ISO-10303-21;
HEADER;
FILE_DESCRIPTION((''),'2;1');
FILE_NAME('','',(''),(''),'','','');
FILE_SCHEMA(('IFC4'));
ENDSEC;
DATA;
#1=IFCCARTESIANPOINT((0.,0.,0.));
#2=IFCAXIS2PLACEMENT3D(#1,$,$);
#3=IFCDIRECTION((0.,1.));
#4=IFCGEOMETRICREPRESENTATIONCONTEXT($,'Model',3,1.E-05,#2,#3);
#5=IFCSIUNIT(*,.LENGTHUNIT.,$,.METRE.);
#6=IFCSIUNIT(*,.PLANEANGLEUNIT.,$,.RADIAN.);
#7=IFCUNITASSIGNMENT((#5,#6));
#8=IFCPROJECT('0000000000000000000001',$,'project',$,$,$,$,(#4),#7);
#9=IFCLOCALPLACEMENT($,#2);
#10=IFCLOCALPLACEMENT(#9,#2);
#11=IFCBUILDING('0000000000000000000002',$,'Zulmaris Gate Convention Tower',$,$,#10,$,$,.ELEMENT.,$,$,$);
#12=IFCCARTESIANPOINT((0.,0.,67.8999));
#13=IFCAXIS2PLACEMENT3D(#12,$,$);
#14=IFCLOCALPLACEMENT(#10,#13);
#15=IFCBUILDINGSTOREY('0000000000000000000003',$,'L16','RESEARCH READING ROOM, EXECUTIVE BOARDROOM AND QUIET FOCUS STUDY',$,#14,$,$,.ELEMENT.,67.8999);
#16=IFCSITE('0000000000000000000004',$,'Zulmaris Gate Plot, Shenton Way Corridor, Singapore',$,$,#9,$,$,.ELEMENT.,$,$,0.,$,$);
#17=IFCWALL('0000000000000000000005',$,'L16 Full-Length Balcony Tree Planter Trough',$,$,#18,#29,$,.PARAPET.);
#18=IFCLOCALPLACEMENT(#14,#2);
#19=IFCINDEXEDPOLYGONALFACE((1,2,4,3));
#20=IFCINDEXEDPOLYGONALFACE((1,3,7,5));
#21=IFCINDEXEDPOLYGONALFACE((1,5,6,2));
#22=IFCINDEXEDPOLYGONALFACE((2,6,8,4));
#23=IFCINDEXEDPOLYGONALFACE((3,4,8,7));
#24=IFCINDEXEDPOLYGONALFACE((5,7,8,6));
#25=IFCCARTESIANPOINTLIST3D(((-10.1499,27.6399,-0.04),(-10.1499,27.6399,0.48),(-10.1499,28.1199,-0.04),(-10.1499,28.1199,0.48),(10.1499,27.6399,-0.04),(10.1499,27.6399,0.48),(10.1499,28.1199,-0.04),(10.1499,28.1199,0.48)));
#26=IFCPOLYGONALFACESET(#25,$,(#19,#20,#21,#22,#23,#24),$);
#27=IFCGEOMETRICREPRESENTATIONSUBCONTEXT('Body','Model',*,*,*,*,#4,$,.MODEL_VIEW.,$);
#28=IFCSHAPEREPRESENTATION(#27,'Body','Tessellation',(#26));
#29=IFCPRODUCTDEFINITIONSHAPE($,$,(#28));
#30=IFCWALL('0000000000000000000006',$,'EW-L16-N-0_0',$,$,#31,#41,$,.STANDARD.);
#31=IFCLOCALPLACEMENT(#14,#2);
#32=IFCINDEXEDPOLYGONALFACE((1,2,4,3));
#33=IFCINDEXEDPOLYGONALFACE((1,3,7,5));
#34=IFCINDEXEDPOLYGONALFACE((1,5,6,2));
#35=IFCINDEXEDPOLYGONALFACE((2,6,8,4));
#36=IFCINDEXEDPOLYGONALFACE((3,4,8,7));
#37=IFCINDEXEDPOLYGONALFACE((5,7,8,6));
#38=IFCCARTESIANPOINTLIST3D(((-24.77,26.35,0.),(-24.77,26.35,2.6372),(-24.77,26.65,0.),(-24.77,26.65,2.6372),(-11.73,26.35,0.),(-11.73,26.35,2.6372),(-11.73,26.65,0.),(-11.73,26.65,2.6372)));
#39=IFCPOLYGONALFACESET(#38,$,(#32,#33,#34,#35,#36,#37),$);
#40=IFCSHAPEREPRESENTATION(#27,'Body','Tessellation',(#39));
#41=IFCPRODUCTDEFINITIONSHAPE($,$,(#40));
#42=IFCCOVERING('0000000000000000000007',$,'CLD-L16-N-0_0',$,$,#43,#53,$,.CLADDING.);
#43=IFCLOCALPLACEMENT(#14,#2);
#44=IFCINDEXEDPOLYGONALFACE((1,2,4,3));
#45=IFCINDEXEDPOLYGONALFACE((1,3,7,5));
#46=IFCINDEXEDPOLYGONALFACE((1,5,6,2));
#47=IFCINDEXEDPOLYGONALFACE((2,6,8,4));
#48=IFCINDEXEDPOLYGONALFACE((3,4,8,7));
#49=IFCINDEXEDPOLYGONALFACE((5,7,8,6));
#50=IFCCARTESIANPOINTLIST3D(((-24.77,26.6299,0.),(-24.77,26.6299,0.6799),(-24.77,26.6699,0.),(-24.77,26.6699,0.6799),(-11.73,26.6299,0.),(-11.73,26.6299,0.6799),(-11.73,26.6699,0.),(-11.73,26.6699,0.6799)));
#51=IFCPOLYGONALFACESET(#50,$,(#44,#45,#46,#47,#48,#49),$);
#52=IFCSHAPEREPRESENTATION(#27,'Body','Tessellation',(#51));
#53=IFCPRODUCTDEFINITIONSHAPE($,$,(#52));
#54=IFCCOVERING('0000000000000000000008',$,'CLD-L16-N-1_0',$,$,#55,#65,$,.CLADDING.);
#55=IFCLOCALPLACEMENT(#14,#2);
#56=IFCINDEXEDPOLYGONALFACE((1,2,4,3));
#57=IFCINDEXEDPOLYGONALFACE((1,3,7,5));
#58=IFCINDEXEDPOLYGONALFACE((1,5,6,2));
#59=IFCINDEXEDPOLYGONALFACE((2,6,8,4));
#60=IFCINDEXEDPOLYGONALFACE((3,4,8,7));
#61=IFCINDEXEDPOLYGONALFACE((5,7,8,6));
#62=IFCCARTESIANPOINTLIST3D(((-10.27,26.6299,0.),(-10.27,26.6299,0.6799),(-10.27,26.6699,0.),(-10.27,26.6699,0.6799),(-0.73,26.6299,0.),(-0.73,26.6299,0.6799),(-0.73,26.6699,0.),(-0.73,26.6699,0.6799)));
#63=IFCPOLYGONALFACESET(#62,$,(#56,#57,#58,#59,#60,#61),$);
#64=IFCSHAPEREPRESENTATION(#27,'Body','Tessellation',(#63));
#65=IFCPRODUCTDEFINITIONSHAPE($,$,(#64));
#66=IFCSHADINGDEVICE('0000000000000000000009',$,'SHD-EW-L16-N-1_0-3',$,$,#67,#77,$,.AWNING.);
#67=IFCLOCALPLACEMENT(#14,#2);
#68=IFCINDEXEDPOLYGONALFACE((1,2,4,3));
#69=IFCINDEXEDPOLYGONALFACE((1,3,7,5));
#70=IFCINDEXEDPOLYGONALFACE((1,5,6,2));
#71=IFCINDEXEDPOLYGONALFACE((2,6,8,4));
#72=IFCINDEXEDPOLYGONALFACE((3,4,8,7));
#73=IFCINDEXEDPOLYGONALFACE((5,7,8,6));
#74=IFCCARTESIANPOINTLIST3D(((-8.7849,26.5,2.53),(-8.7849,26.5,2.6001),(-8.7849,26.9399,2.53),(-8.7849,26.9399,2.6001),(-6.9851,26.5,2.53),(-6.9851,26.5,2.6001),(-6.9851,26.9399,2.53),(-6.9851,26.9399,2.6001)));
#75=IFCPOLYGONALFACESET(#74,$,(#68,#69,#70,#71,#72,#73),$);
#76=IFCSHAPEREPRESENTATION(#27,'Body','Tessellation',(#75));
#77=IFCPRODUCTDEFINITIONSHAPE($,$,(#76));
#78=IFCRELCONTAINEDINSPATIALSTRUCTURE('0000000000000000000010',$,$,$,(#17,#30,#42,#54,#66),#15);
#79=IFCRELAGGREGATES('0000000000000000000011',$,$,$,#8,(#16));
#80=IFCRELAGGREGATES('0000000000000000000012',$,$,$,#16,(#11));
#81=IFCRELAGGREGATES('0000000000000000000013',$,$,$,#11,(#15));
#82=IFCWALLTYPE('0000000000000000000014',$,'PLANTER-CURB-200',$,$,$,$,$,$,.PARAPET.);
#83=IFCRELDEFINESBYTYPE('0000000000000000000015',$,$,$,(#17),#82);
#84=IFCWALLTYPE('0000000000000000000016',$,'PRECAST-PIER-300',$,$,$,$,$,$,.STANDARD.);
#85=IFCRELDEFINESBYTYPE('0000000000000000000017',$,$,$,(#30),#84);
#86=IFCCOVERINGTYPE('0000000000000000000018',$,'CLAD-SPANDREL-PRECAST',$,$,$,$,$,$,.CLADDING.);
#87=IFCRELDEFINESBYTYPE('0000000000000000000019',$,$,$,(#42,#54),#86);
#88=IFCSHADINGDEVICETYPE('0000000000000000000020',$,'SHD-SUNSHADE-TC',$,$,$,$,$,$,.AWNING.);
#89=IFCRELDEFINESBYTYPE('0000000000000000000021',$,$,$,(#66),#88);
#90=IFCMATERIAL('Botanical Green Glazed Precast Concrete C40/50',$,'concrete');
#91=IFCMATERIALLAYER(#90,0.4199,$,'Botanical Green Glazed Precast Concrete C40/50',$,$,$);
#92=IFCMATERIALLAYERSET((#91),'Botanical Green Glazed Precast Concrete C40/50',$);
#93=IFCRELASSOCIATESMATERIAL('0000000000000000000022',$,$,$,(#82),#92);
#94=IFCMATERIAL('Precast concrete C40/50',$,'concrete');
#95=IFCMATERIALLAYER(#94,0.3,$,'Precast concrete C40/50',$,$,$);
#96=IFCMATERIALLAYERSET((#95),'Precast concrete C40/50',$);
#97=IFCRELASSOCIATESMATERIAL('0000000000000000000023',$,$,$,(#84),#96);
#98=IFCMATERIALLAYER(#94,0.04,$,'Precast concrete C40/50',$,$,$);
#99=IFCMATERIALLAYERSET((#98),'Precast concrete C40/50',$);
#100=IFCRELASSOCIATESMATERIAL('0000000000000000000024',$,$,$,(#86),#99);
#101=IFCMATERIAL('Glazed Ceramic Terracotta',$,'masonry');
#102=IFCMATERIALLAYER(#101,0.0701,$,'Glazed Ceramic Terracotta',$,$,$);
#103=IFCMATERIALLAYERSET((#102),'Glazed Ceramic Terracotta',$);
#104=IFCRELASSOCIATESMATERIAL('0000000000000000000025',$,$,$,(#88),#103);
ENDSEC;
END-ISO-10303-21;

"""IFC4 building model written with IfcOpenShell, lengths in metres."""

from ifc_helpers import new_model, si_unit, direction, frame, frame_2d, origin, place, context, subcontext, project, spatial, rectangle, extrude, material, layer, layer_set, type_object, element, save


model = new_model("IFC4")

# Units and contexts
model_context = context("Model", 3, precision=1e-05, world=origin(), true_north=direction((0.0, 1.0)))
body_context = subcontext(model_context, "Body", "Model", "MODEL_VIEW")
ifc_project = project(units=[si_unit("LENGTHUNIT", "METRE"), si_unit("PLANEANGLEUNIT", "RADIAN")], contexts=[model_context])

# Site, building, storey
site_placement = place(None, origin())
site = spatial("IfcSite", under=ifc_project, at=site_placement, Name="Zulmaris Gate Plot, Shenton Way Corridor, Singapore", CompositionType="ELEMENT", RefElevation=0.0)
building_placement = place(site_placement, origin())
building = spatial("IfcBuilding", under=site, at=building_placement, Name="Zulmaris Gate Convention Tower", CompositionType="ELEMENT")
storey_placement = place(building_placement, frame((0.0, 0.0, 67.8999)))
storey = spatial("IfcBuildingStorey", under=building, at=storey_placement, Name="L16", Description="RESEARCH READING ROOM, EXECUTIVE BOARDROOM AND QUIET FOCUS STUDY", CompositionType="ELEMENT", Elevation=67.8999)

# Walls
ifc_material_1 = material(Name="Botanical Green Glazed Precast Concrete C40/50", Category="concrete")
ifc_layer_1 = layer(ifc_material_1, 0.4199, Name="Botanical Green Glazed Precast Concrete C40/50")
ifc_layer_set_1 = layer_set([ifc_layer_1], Name="Botanical Green Glazed Precast Concrete C40/50")
wall_type_1 = type_object("IfcWallType", Name="PLANTER-CURB-200", PredefinedType="PARAPET", material=ifc_layer_set_1)
wall_1_placement = place(storey_placement, frame((-10.1499, 27.8799, -0.04), z_axis=(0.0, 0.0, 1.0), x_axis=(1.0, 0.0, 0.0)))
element("IfcWall", 1, at=wall_1_placement, inside=storey, type_object=wall_type_1, Name="L16 Full-Length Balcony Tree Planter Trough", PredefinedType="PARAPET", context=body_context, shape_type="SweptSolid", body=[
    extrude(rectangle(XDim=20.2998, YDim=0.48, at=frame_2d((10.1499, 0.0))), origin(), (0.0, 0.0, 1.0), 0.52),
])
ifc_material_2 = material(Name="Precast concrete C40/50", Category="concrete")
ifc_layer_2 = layer(ifc_material_2, 0.3, Name="Precast concrete C40/50")
ifc_layer_set_2 = layer_set([ifc_layer_2], Name="Precast concrete C40/50")
wall_type_2 = type_object("IfcWallType", Name="PRECAST-PIER-300", PredefinedType="STANDARD", material=ifc_layer_set_2)
wall_2_placement = place(storey_placement, frame((-11.73, 26.5, 0.0), z_axis=(0.0, 0.0, 1.0), x_axis=(-1.0, 0.0, 0.0)))
element("IfcWall", 2, at=wall_2_placement, inside=storey, type_object=wall_type_2, Name="EW-L16-N-0_0", PredefinedType="STANDARD", context=body_context, shape_type="SweptSolid", body=[
    extrude(rectangle(XDim=13.04, YDim=0.3, at=frame_2d((6.52, 0.0))), origin(), (0.0, 0.0, 1.0), 2.6372),
])

# Coverings
ifc_layer_3 = layer(ifc_material_2, 0.04, Name="Precast concrete C40/50")
ifc_layer_set_3 = layer_set([ifc_layer_3], Name="Precast concrete C40/50")
covering_type = type_object("IfcCoveringType", Name="CLAD-SPANDREL-PRECAST", PredefinedType="CLADDING", material=ifc_layer_set_3)
covering_1_placement = place(storey_placement, frame((-11.73, 26.6499, 0.0), z_axis=(0.0, 0.0, 1.0), x_axis=(-1.0, 0.0, 0.0)))
element("IfcCovering", 3, at=covering_1_placement, inside=storey, type_object=covering_type, Name="CLD-L16-N-0_0", PredefinedType="CLADDING", context=body_context, shape_type="SweptSolid", body=[
    extrude(rectangle(XDim=13.04, YDim=0.04, at=frame_2d((6.52, 0.0))), origin(), (0.0, 0.0, 1.0), 0.6799),
])
covering_2_placement = place(storey_placement, frame((-0.73, 26.6499, 0.0), z_axis=(0.0, 0.0, 1.0), x_axis=(-1.0, 0.0, 0.0)))
element("IfcCovering", 4, at=covering_2_placement, inside=storey, type_object=covering_type, Name="CLD-L16-N-1_0", PredefinedType="CLADDING", context=body_context, shape_type="SweptSolid", body=[
    extrude(rectangle(XDim=9.54, YDim=0.04, at=frame_2d((4.77, 0.0))), origin(), (0.0, 0.0, 1.0), 0.6799),
])

# Shading device
ifc_material_3 = material(Name="Glazed Ceramic Terracotta", Category="masonry")
ifc_layer_4 = layer(ifc_material_3, 0.0701, Name="Glazed Ceramic Terracotta")
ifc_layer_set_4 = layer_set([ifc_layer_4], Name="Glazed Ceramic Terracotta")
shading_device_type = type_object("IfcShadingDeviceType", Name="SHD-SUNSHADE-TC", PredefinedType="AWNING", material=ifc_layer_set_4)
shading_device_placement = place(storey_placement, frame((-6.9851, 26.72, 2.53), z_axis=(0.0, 0.0, 1.0), x_axis=(-1.0, 0.0, 0.0)))
element("IfcShadingDevice", 5, at=shading_device_placement, inside=storey, type_object=shading_device_type, Name="SHD-EW-L16-N-1_0-3", PredefinedType="AWNING", context=body_context, shape_type="SweptSolid", body=[
    extrude(rectangle(XDim=1.7998, YDim=0.4399, at=frame_2d((0.8999, 0.0))), origin(), (0.0, 0.0, 1.0), 0.0701),
])

save(model, "model.ifc")
